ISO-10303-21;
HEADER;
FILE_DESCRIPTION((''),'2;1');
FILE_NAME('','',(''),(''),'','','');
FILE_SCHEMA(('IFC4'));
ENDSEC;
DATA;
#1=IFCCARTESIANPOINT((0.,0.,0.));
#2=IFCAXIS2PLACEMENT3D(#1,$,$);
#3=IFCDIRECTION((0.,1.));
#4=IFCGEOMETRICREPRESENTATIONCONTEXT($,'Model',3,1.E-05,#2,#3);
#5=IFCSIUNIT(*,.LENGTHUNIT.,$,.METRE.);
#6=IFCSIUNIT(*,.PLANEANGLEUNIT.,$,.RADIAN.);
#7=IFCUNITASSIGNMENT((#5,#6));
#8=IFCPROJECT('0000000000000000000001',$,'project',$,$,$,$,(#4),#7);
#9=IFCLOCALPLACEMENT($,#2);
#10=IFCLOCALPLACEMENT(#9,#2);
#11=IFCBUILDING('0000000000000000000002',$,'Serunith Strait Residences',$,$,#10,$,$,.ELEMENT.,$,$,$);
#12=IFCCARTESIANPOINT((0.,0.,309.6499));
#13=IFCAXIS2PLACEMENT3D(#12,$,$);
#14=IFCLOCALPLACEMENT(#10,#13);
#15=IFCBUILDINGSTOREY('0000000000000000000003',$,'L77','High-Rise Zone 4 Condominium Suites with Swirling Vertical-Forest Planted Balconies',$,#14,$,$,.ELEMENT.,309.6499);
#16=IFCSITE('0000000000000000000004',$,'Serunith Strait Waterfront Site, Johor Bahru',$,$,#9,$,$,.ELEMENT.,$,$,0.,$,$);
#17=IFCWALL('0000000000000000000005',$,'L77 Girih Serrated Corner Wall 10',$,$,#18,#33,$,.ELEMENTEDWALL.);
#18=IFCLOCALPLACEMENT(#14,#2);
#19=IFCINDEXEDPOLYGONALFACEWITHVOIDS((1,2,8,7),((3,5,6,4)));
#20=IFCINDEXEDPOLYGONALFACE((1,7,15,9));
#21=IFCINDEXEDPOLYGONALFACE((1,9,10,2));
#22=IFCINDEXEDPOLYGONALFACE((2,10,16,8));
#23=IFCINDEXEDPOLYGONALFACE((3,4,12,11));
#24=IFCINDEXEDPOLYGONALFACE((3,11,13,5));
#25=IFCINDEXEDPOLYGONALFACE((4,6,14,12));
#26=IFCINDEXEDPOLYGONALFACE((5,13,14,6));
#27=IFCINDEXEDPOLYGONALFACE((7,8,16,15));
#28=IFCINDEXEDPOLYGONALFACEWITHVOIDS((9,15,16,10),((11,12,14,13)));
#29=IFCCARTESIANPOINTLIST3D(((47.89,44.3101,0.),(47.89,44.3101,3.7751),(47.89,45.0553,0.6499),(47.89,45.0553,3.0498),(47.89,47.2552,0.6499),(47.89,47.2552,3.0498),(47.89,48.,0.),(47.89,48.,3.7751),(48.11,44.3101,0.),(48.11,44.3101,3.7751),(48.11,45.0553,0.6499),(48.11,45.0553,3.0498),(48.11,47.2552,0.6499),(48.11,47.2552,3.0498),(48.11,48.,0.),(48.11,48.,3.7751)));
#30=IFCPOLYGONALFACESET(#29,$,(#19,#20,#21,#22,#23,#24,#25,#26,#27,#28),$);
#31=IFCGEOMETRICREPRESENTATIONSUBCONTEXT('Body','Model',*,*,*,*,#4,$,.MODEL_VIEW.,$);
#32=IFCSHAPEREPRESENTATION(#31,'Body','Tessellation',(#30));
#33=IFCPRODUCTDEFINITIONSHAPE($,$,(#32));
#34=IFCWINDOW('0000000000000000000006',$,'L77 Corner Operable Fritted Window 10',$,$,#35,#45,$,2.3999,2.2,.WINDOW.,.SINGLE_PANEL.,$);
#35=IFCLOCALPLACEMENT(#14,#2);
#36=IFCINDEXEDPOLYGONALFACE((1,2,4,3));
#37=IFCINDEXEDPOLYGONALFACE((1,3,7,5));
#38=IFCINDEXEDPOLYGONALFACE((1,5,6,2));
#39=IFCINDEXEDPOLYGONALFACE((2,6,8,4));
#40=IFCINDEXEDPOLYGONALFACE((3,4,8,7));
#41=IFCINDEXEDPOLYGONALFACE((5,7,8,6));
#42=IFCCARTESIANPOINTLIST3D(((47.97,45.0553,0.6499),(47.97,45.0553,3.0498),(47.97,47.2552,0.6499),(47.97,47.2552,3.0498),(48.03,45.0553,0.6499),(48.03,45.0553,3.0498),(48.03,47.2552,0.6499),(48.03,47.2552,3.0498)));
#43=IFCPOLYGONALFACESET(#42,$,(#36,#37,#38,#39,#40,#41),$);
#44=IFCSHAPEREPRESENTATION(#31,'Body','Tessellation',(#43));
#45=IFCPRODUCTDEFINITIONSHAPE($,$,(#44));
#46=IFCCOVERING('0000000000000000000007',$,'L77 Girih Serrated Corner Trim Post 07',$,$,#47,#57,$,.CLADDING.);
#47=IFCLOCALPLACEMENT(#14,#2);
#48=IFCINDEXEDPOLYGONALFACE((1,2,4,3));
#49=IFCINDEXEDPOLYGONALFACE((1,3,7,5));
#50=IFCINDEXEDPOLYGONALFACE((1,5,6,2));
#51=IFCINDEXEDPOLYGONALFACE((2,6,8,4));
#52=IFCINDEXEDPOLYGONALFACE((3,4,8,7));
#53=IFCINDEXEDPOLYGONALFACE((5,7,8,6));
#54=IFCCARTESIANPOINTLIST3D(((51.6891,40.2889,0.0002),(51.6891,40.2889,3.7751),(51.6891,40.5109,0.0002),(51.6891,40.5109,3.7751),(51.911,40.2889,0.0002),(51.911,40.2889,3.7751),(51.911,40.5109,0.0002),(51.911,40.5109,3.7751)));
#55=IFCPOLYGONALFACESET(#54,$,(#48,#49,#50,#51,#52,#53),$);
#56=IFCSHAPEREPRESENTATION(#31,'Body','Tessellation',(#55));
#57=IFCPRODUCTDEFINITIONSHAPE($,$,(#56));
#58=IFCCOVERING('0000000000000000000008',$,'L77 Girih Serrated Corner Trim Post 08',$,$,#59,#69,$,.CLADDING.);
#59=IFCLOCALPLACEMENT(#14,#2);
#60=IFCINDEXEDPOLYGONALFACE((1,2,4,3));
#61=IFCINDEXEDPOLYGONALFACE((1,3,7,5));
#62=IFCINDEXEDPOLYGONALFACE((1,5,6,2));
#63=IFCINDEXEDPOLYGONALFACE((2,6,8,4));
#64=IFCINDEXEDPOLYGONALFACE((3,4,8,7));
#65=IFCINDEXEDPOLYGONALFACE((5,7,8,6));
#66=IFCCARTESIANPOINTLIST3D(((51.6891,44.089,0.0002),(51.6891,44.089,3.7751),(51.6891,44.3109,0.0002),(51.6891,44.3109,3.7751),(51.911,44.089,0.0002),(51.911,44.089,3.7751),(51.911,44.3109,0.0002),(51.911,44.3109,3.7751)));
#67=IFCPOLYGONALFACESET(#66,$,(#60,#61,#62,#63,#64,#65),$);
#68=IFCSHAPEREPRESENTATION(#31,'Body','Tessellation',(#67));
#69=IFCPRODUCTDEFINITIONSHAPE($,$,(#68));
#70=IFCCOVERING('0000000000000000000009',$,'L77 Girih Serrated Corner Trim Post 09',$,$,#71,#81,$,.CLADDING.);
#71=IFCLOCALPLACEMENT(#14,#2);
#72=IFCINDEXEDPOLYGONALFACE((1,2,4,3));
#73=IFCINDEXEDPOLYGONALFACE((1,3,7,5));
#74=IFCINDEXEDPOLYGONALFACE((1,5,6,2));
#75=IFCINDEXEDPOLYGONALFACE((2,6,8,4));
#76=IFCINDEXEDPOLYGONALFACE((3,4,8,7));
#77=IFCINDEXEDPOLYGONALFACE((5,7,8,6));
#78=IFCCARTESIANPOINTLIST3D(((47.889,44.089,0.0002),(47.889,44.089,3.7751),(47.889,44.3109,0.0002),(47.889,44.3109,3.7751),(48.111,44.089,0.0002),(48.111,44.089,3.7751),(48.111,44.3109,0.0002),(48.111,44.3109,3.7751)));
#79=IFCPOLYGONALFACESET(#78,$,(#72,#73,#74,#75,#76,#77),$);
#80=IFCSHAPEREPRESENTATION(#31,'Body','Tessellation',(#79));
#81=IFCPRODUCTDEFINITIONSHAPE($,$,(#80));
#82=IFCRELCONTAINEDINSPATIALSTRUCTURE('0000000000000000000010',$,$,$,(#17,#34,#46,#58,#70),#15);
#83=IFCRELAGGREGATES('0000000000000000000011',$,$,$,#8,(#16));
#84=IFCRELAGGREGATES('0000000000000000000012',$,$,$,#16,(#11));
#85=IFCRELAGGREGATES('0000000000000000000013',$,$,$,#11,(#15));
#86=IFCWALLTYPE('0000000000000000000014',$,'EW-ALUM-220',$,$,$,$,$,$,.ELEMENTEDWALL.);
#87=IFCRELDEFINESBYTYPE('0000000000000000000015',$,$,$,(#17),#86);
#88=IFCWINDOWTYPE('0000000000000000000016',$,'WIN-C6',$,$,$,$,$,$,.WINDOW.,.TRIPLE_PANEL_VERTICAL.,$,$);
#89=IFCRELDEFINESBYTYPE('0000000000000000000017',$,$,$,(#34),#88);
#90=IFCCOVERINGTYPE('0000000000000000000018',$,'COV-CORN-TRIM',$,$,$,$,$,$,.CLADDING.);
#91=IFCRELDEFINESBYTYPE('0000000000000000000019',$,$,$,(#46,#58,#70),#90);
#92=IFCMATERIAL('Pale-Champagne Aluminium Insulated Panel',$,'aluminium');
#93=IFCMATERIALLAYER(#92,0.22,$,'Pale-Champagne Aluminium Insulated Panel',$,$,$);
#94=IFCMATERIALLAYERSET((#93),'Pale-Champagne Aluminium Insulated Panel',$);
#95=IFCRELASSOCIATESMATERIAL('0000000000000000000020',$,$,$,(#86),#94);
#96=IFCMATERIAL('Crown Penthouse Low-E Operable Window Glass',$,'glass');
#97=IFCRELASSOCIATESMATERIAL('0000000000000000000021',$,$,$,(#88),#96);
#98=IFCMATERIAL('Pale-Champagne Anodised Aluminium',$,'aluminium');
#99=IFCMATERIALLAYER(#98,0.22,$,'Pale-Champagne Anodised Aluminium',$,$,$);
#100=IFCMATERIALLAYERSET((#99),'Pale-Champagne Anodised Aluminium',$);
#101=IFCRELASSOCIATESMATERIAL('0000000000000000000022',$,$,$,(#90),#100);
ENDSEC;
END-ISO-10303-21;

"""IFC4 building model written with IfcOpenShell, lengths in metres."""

from ifc_helpers import new_model, si_unit, direction, frame, frame_2d, origin, origin_2d, place, context, subcontext, project, spatial, rectangle, extrude, source, transform, mapped, material, layer, layer_set, type_object, element, fill, save


model = new_model("IFC4")

# Units and contexts
model_context = context("Model", 3, precision=1e-05, world=origin(), true_north=direction((0.0, 1.0)))
body_context = subcontext(model_context, "Body", "Model", "MODEL_VIEW")
ifc_project = project(units=[si_unit("LENGTHUNIT", "METRE"), si_unit("PLANEANGLEUNIT", "RADIAN")], contexts=[model_context])

# Site, building, storey
site_placement = place(None, origin())
site = spatial("IfcSite", under=ifc_project, at=site_placement, Name="Serunith Strait Waterfront Site, Johor Bahru", CompositionType="ELEMENT", RefElevation=0.0)
building_placement = place(site_placement, origin())
building = spatial("IfcBuilding", under=site, at=building_placement, Name="Serunith Strait Residences", CompositionType="ELEMENT")
storey_placement = place(building_placement, frame((0.0, 0.0, 309.6499)))
storey = spatial("IfcBuildingStorey", under=building, at=storey_placement, Name="L77", Description="High-Rise Zone 4 Condominium Suites with Swirling Vertical-Forest Planted Balconies", CompositionType="ELEMENT", Elevation=309.6499)

# Wall, opening, window
ifc_material_1 = material(Name="Pale-Champagne Aluminium Insulated Panel", Category="aluminium")
ifc_layer_1 = layer(ifc_material_1, 0.22, Name="Pale-Champagne Aluminium Insulated Panel")
ifc_layer_set_1 = layer_set([ifc_layer_1], Name="Pale-Champagne Aluminium Insulated Panel")
wall_type = type_object("IfcWallType", Name="EW-ALUM-220", PredefinedType="ELEMENTEDWALL", material=ifc_layer_set_1)
ifc_material_2 = material(Name="Crown Penthouse Low-E Operable Window Glass", Category="glass")
window_type = type_object("IfcWindowType", Name="WIN-C6", PartitioningType="TRIPLE_PANEL_VERTICAL", PredefinedType="WINDOW", material=ifc_material_2)
shared_shape_1 = source(origin(), body_context, "Body", "SweptSolid", [
    extrude(rectangle(XDim=2.2, YDim=2.3999, at=frame_2d((1.1001, 1.2))), frame((0.0, 0.03, 0.0), z_axis=(0.0, -1.0, 0.0), x_axis=(1.0, 0.0, 0.0)), (0.0, 0.0, 1.0), 0.0601),
])
wall_1_placement = place(storey_placement, frame((48.0, 44.3101, 0.0), z_axis=(0.0, 0.0, 1.0), x_axis=(0.0, 1.0, 0.0)))
wall_1 = element("IfcWall", 1, at=wall_1_placement, inside=storey, type_object=wall_type, Name="L77 Girih Serrated Corner Wall 10", PredefinedType="ELEMENTEDWALL", context=body_context, shape_type="SweptSolid", body=[
    extrude(rectangle(XDim=3.6899, YDim=0.22, at=frame_2d((1.845, 0.0))), origin(), (0.0, 0.0, 1.0), 3.7751),
])
opening_1_placement = place(wall_1_placement, frame((0.7451, 0.0, 0.6499)))
opening_1 = element("IfcOpeningElement", 2, at=opening_1_placement, cuts=wall_1, PredefinedType="OPENING", context=body_context, shape_type="SweptSolid", body=[
    extrude(rectangle(XDim=2.2, YDim=2.3999, at=frame_2d((1.1001, 1.2))), frame((0.0, 0.1201, 0.0), z_axis=(0.0, -1.0, 0.0), x_axis=(1.0, 0.0, 0.0)), (0.0, 0.0, 1.0), 0.24),
])
window_1_placement = place(opening_1_placement, origin())
window_1 = element("IfcWindow", 3, at=window_1_placement, inside=storey, type_object=window_type, Name="L77 Corner Operable Fritted Window 10", OverallHeight=2.3999, OverallWidth=2.2, PartitioningType="SINGLE_PANEL", PredefinedType="WINDOW", context=body_context, shape_type="MappedRepresentation", body=[
    mapped(shared_shape_1, transform((0.0, 0.0, 0.0), scale=1.0)),
])
fill(opening_1, window_1)

# Coverings
ifc_material_3 = material(Name="Pale-Champagne Anodised Aluminium", Category="aluminium")
ifc_layer_2 = layer(ifc_material_3, 0.22, Name="Pale-Champagne Anodised Aluminium")
ifc_layer_set_2 = layer_set([ifc_layer_2], Name="Pale-Champagne Anodised Aluminium")
covering_type = type_object("IfcCoveringType", Name="COV-CORN-TRIM", PredefinedType="CLADDING", material=ifc_layer_set_2)
shared_shape_2 = source(origin(), body_context, "Body", "SweptSolid", [
    extrude(rectangle(XDim=0.2219, YDim=0.2219, at=origin_2d()), origin(), (0.0, 0.0, 1.0), 3.7749),
])
for number, where, z_axis, x_axis, name in (
    (4, (51.8, 40.3999, 0.0002), (0.0, 0.0, 1.0), (1.0, 0.0, 0.0), "L77 Girih Serrated Corner Trim Post 07"),
    (5, (51.8, 44.2, 0.0002), (0.0, 0.0, 1.0), (1.0, 0.0, 0.0), "L77 Girih Serrated Corner Trim Post 08"),
    (6, (48.0, 44.2, 0.0002), (0.0, 0.0, 1.0), (1.0, 0.0, 0.0), "L77 Girih Serrated Corner Trim Post 09"),
):
    element("IfcCovering", number, at=place(storey_placement, frame(where, z_axis=z_axis, x_axis=x_axis)), inside=storey, type_object=covering_type, Name=name, PredefinedType="CLADDING", context=body_context, shape_type="MappedRepresentation", body=[
        mapped(shared_shape_2, transform((0.0, 0.0, 0.0), scale=1.0)),
    ])

save(model, "model.ifc")
